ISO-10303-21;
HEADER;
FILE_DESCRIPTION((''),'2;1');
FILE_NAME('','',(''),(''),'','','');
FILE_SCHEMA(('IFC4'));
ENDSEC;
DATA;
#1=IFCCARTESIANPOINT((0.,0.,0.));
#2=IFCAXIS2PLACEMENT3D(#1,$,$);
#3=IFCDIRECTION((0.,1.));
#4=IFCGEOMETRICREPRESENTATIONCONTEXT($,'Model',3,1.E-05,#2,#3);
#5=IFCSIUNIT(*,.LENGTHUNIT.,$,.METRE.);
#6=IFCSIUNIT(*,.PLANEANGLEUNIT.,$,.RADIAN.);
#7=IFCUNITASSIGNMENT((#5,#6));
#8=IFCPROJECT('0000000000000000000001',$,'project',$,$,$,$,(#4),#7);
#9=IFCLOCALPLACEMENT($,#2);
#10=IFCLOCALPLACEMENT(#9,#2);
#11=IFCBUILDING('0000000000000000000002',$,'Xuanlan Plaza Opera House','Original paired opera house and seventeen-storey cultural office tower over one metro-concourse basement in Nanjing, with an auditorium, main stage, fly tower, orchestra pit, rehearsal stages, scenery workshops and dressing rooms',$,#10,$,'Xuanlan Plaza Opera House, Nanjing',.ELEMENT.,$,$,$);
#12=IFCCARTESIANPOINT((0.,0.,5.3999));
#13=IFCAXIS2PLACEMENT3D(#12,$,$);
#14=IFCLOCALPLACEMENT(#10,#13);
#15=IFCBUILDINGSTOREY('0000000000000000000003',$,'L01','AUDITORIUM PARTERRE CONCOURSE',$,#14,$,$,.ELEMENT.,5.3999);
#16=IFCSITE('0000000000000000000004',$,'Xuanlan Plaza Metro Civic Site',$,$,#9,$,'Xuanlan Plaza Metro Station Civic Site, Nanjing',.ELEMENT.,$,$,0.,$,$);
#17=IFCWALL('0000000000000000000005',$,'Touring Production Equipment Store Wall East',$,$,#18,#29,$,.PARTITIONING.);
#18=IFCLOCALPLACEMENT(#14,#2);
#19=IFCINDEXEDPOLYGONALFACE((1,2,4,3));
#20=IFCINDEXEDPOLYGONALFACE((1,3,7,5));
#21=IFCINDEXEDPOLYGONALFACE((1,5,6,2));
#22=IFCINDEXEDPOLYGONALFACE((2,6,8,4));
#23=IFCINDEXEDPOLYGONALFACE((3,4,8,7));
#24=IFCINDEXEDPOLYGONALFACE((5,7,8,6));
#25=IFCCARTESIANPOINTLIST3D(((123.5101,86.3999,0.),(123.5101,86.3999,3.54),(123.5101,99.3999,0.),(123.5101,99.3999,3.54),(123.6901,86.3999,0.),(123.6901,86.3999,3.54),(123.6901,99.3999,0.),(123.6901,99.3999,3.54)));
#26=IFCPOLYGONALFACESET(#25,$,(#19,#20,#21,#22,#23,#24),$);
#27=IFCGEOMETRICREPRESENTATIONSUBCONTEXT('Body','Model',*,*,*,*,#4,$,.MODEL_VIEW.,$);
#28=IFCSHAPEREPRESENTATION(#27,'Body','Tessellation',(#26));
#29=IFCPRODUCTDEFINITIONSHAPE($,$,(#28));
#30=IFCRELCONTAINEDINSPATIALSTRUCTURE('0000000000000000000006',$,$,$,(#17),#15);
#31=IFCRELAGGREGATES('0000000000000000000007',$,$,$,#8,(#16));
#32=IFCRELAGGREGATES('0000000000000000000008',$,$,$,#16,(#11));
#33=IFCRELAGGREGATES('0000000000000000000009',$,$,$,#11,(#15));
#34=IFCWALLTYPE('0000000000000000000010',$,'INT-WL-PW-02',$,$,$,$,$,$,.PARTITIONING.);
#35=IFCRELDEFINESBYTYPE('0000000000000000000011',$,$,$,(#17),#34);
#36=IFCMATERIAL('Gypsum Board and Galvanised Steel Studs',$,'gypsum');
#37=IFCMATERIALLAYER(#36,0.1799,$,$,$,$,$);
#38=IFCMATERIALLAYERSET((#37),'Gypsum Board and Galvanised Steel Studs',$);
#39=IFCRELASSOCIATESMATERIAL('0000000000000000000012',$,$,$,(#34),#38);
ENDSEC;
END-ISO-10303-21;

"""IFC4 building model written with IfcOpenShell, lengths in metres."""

from ifc_helpers import new_model, si_unit, direction, frame, frame_2d, origin, place, context, subcontext, project, spatial, rectangle, extrude, material, layer, layer_set, type_object, element, save


model = new_model("IFC4")

# Units and contexts
model_context = context("Model", 3, precision=1e-05, world=origin(), true_north=direction((0.0, 1.0)))
body_context = subcontext(model_context, "Body", "Model", "MODEL_VIEW")
ifc_project = project(units=[si_unit("LENGTHUNIT", "METRE"), si_unit("PLANEANGLEUNIT", "RADIAN")], contexts=[model_context])

# Site, building, storey
site_placement = place(None, origin())
site = spatial("IfcSite", under=ifc_project, at=site_placement, Name="Xuanlan Plaza Metro Civic Site", LongName="Xuanlan Plaza Metro Station Civic Site, Nanjing", CompositionType="ELEMENT", RefElevation=0.0)
building_placement = place(site_placement, origin())
building = spatial("IfcBuilding", under=site, at=building_placement, Name="Xuanlan Plaza Opera House", Description="Original paired opera house and seventeen-storey cultural office tower over one metro-concourse basement in Nanjing, with an auditorium, main stage, fly tower, orchestra pit, rehearsal stages, scenery workshops and dressing rooms", LongName="Xuanlan Plaza Opera House, Nanjing", CompositionType="ELEMENT")
storey_placement = place(building_placement, frame((0.0, 0.0, 5.3999)))
storey = spatial("IfcBuildingStorey", under=building, at=storey_placement, Name="L01", Description="AUDITORIUM PARTERRE CONCOURSE", CompositionType="ELEMENT", Elevation=5.3999)

# Wall
ifc_material_1 = material(Name="Gypsum Board and Galvanised Steel Studs", Category="gypsum")
ifc_layer_1 = layer(ifc_material_1, 0.1799)
ifc_layer_set_1 = layer_set([ifc_layer_1], Name="Gypsum Board and Galvanised Steel Studs")
wall_type = type_object("IfcWallType", Name="INT-WL-PW-02", PredefinedType="PARTITIONING", material=ifc_layer_set_1)
wall_1_placement = place(storey_placement, frame((123.6001, 86.3999, 0.0), z_axis=(0.0, 0.0, 1.0), x_axis=(0.0, 1.0, 0.0)))
element("IfcWall", 1, at=wall_1_placement, inside=storey, type_object=wall_type, Name="Touring Production Equipment Store Wall East", PredefinedType="PARTITIONING", context=body_context, shape_type="SweptSolid", body=[
    extrude(rectangle(XDim=13.0, YDim=0.1799, at=frame_2d((6.5, 0.0))), origin(), (0.0, 0.0, 1.0), 3.54),
])

save(model, "model.ifc")
